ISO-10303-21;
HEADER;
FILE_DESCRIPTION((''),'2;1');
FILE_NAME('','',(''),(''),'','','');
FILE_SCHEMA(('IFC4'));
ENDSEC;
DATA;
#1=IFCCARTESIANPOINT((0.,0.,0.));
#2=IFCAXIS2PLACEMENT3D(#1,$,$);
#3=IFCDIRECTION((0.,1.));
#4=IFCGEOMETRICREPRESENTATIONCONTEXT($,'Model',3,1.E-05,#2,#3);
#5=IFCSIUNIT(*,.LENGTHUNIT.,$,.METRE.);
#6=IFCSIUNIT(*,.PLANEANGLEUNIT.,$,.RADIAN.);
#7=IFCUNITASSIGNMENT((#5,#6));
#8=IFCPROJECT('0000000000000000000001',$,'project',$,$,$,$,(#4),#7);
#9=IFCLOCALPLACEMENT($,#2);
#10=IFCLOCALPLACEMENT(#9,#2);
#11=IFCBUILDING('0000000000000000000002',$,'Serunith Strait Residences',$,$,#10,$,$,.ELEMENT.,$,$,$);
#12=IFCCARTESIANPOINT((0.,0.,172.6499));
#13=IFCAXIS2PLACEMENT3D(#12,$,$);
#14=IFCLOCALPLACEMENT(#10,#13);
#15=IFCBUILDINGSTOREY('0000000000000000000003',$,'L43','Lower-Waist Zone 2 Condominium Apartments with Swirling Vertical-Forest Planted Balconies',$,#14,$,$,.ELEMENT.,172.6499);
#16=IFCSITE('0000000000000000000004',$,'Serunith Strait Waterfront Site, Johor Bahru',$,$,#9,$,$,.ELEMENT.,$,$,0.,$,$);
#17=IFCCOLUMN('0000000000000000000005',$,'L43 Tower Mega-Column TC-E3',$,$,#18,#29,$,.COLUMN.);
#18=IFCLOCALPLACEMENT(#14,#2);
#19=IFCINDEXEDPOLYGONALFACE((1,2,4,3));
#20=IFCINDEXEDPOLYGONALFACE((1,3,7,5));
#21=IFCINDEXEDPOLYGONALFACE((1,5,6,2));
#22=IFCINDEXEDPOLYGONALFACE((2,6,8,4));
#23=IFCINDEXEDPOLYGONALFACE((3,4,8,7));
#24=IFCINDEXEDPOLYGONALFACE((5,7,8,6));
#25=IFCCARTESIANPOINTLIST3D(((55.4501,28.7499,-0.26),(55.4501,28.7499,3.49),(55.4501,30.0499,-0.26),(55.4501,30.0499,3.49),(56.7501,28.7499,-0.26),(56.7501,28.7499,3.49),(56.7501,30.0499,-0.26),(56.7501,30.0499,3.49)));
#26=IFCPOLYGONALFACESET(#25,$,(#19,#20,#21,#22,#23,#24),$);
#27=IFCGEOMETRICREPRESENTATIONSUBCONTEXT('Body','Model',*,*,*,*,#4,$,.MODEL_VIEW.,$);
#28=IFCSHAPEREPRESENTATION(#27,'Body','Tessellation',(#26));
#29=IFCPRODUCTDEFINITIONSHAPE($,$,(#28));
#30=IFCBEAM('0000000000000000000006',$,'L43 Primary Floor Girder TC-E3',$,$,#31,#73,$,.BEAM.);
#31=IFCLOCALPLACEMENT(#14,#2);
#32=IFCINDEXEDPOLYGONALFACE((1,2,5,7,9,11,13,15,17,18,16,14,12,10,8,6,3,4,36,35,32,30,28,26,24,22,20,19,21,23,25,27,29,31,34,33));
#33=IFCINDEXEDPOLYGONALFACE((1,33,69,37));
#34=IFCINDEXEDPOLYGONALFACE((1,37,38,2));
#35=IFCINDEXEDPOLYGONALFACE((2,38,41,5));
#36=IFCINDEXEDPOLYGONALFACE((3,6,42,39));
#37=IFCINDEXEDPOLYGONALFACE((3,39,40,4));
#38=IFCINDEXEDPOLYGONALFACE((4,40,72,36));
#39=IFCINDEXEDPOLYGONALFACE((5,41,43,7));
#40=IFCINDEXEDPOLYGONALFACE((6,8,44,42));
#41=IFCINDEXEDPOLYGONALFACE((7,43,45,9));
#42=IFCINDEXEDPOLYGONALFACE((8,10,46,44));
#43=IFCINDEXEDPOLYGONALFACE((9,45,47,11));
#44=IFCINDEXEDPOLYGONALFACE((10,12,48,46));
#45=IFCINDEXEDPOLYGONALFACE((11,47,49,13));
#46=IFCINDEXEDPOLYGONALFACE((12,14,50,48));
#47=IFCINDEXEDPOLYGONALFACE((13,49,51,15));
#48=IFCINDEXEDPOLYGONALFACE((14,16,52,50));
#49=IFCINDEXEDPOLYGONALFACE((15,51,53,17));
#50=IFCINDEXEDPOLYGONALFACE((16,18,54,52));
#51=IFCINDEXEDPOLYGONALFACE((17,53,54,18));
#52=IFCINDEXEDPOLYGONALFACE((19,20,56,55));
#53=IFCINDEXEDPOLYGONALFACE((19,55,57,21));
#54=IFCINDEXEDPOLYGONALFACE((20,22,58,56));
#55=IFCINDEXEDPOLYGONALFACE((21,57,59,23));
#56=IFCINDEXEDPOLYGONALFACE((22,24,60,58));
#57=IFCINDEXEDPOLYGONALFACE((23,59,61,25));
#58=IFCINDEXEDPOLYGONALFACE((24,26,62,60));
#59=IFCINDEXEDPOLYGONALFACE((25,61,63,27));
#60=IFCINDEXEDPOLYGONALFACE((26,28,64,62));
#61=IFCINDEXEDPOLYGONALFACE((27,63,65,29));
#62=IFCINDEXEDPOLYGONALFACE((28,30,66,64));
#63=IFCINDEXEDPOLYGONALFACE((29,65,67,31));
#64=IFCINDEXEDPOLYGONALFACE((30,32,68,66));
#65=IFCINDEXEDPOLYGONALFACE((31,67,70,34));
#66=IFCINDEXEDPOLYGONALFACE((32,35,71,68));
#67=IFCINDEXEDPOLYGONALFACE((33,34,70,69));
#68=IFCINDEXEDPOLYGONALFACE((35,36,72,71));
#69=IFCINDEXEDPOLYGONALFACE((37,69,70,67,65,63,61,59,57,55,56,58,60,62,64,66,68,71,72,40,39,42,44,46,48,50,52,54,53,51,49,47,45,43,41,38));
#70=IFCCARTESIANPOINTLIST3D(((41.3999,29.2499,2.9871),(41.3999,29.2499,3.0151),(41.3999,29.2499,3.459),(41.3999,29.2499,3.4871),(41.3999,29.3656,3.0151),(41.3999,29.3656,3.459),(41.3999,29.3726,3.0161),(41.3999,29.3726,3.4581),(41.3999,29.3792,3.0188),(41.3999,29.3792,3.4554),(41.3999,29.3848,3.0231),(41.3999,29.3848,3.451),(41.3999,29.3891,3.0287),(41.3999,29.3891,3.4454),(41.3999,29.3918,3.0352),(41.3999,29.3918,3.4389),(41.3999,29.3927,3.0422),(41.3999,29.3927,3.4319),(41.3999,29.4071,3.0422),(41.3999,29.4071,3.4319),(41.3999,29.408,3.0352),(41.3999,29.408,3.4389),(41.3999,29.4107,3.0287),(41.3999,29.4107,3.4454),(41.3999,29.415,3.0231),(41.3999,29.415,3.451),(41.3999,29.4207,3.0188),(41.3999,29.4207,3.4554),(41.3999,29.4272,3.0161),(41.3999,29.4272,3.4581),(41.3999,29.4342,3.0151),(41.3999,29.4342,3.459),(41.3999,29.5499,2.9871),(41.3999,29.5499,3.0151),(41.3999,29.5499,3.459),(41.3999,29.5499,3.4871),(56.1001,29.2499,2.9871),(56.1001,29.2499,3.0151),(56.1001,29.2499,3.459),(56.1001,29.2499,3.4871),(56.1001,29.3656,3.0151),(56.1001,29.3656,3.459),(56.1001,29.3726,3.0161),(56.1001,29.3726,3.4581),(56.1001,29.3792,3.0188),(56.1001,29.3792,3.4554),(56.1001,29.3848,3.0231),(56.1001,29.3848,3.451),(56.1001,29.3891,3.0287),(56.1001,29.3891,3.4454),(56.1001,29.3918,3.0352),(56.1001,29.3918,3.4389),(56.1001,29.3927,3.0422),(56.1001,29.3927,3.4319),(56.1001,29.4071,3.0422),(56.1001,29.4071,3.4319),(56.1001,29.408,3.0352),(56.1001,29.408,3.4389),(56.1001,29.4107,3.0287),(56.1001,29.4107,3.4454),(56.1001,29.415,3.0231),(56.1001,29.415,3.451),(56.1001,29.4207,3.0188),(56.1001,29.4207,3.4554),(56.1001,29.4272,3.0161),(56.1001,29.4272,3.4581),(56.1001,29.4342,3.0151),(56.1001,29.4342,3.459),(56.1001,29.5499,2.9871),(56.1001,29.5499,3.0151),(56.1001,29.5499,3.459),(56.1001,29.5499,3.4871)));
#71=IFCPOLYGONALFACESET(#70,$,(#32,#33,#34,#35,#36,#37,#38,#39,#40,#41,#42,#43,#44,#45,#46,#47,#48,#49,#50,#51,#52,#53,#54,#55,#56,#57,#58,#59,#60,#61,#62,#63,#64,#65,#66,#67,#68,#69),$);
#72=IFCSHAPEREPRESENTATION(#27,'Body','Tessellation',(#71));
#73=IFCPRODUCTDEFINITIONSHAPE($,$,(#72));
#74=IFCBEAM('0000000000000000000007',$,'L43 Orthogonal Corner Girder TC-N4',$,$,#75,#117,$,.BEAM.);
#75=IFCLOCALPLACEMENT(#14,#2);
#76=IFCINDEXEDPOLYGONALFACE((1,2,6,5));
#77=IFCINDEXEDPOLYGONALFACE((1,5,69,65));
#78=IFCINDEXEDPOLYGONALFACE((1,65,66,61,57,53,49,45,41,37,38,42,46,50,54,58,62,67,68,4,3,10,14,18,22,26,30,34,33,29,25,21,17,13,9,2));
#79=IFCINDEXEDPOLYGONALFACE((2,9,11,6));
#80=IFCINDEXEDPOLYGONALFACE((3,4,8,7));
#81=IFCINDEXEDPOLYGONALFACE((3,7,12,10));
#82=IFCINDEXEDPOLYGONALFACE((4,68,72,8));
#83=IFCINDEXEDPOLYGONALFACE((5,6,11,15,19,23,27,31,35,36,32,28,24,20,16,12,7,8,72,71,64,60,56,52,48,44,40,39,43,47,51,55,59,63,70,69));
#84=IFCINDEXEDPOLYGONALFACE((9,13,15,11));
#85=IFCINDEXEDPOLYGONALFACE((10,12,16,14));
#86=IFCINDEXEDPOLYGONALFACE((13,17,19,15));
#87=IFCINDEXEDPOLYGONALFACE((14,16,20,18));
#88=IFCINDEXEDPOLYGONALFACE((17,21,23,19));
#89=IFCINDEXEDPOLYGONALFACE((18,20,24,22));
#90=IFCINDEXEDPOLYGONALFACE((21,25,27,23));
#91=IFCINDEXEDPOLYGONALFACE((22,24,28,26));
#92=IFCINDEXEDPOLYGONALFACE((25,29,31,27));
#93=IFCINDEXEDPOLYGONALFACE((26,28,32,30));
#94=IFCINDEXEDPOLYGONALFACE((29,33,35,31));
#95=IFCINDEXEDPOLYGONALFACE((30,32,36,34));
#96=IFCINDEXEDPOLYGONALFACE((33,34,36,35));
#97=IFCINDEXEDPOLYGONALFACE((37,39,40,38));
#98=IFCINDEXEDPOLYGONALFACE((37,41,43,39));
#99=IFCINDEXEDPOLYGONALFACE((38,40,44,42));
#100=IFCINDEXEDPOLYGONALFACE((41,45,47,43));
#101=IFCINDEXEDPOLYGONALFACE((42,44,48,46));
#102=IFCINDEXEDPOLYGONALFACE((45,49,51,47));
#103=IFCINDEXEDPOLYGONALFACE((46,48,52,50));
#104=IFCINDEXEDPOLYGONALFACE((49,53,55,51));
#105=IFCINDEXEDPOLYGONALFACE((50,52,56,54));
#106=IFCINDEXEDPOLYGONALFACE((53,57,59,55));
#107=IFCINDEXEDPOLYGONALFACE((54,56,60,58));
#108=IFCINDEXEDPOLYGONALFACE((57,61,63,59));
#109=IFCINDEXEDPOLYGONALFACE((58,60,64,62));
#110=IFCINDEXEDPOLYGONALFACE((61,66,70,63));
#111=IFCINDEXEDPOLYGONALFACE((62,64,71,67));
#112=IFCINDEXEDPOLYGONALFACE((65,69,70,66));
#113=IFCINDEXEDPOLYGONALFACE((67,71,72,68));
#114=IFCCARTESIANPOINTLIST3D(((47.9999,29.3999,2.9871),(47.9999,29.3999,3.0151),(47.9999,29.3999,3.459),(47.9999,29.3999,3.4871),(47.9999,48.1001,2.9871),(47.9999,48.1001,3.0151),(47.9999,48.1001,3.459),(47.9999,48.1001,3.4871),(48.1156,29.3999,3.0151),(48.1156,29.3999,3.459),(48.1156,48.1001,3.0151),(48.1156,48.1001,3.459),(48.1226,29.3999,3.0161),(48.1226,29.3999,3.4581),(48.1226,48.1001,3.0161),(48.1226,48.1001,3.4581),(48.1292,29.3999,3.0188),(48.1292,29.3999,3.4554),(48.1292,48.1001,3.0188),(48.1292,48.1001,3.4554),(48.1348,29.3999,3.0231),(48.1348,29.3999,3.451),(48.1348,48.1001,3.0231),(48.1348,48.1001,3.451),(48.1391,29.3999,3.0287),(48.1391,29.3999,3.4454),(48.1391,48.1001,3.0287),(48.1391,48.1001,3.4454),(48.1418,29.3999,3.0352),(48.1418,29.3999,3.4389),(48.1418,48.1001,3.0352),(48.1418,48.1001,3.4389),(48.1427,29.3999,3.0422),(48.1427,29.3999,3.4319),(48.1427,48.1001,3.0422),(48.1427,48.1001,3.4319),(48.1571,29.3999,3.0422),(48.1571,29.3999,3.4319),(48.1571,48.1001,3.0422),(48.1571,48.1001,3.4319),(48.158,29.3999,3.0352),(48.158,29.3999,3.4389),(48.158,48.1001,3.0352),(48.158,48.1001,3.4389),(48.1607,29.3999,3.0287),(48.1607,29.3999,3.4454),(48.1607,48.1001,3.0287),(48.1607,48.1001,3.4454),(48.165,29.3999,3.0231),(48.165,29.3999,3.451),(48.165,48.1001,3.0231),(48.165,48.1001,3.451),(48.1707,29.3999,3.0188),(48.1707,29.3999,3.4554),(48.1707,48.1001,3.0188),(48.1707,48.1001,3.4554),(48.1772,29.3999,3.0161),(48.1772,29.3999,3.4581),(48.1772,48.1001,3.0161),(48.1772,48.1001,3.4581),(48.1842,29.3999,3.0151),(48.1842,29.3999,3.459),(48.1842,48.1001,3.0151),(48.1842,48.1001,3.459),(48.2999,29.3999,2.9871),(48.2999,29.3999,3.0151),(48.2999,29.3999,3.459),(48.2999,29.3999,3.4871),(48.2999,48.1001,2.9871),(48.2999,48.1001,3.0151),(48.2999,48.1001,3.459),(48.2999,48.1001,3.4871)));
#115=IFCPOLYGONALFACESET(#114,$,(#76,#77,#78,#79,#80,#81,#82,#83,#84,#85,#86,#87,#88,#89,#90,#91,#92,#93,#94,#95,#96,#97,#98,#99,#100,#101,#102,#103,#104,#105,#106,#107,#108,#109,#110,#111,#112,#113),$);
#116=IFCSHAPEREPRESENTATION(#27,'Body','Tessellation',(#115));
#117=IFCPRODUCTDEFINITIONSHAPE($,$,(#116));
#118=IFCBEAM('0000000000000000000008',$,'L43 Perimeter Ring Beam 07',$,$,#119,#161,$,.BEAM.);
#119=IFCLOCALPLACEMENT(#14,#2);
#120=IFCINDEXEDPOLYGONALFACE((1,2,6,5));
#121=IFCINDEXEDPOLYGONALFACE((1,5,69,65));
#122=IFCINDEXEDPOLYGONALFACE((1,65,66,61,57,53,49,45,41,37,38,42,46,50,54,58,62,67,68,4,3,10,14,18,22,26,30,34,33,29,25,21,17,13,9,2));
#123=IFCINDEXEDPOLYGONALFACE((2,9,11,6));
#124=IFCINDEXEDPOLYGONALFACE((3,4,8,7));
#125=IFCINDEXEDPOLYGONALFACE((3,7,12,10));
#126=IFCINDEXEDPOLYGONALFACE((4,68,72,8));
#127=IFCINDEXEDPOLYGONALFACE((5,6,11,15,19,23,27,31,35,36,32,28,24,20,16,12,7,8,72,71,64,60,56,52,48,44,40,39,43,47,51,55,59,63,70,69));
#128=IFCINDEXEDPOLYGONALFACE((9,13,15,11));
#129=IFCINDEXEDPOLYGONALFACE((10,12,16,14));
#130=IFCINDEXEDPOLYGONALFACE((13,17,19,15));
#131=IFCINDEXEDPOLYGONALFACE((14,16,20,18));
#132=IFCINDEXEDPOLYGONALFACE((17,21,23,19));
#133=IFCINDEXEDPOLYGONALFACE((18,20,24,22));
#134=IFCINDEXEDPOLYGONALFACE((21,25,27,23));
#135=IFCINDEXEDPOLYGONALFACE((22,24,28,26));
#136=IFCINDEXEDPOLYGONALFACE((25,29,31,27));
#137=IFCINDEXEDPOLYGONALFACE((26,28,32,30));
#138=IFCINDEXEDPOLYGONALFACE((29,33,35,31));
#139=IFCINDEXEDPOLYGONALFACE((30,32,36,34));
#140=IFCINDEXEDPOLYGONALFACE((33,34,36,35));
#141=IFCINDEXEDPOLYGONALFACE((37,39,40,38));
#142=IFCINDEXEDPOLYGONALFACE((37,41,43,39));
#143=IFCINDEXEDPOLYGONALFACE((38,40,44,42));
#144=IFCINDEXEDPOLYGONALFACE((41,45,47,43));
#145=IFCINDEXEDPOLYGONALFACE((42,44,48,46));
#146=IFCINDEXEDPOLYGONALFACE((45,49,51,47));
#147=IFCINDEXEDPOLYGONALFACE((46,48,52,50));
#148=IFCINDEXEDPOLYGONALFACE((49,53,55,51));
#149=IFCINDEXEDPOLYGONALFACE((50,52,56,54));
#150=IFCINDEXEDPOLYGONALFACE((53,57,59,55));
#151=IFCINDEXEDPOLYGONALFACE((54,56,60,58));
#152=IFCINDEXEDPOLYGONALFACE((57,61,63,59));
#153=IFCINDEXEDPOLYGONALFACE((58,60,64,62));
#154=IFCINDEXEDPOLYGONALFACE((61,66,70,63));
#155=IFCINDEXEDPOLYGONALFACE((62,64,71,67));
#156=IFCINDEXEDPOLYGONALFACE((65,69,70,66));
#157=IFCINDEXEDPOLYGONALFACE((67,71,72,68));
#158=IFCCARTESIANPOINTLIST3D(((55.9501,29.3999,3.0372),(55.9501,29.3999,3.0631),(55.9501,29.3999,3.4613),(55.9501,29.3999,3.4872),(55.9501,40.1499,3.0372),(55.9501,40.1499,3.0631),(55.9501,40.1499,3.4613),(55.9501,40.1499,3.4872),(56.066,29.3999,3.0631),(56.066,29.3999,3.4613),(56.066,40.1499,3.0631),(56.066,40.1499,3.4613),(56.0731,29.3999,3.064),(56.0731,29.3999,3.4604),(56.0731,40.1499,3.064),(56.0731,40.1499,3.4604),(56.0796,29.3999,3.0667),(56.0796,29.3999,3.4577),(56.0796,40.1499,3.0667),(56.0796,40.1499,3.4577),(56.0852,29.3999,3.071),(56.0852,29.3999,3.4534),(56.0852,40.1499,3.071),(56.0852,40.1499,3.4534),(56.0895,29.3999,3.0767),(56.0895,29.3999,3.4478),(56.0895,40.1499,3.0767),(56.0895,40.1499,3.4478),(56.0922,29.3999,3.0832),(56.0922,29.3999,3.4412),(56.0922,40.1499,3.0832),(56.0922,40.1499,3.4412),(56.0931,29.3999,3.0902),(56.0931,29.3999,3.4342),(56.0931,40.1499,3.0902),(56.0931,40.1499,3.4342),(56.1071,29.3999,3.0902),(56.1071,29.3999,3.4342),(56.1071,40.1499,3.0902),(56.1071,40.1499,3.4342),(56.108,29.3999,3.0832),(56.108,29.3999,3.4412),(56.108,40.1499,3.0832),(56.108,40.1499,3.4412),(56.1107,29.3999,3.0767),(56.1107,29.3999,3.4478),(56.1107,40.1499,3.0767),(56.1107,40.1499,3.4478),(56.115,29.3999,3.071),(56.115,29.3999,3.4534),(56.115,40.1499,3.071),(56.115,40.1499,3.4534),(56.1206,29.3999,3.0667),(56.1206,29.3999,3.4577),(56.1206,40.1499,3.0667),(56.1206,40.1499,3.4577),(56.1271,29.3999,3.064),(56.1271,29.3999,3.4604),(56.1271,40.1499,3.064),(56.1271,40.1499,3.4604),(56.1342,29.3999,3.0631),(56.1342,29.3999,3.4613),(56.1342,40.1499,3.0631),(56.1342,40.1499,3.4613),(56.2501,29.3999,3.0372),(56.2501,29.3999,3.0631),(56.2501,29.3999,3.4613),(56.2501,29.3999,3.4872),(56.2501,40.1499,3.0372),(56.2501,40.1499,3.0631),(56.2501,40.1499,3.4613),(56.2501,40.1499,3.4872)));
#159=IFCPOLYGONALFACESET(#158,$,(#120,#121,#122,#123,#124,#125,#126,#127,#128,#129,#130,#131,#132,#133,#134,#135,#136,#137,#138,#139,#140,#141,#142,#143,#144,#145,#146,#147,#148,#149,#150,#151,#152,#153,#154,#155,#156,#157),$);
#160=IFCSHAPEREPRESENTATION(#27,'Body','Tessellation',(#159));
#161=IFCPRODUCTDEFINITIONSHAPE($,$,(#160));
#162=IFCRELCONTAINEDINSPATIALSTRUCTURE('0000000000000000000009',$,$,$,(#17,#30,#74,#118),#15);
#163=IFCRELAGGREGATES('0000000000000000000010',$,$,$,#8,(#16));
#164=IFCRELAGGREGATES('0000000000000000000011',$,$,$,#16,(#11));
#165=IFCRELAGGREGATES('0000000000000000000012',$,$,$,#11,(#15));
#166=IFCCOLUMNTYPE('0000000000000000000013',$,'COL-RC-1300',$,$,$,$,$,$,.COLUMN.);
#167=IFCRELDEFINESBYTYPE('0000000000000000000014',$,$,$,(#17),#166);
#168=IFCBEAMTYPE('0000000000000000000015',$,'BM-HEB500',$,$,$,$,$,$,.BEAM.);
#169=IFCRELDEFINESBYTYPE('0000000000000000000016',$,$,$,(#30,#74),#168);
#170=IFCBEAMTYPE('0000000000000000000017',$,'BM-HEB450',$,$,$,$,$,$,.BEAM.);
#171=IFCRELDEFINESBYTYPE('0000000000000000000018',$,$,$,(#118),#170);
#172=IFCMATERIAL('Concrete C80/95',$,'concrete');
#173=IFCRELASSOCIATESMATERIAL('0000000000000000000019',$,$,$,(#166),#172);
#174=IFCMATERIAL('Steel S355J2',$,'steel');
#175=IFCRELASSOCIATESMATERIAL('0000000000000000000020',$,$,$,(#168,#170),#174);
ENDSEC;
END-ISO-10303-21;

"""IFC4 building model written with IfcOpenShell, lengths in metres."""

from ifc_helpers import new_model, si_unit, direction, frame, origin, origin_2d, place, context, subcontext, project, spatial, rectangle, i_section, extrude, source, transform, mapped, material, material_profile, profile_set, type_object, element, save


model = new_model("IFC4")

# Units and contexts
model_context = context("Model", 3, precision=1e-05, world=origin(), true_north=direction((0.0, 1.0)))
body_context = subcontext(model_context, "Body", "Model", "MODEL_VIEW")
ifc_project = project(units=[si_unit("LENGTHUNIT", "METRE"), si_unit("PLANEANGLEUNIT", "RADIAN")], contexts=[model_context])

# Site, building, storey
site_placement = place(None, origin())
site = spatial("IfcSite", under=ifc_project, at=site_placement, Name="Serunith Strait Waterfront Site, Johor Bahru", CompositionType="ELEMENT", RefElevation=0.0)
building_placement = place(site_placement, origin())
building = spatial("IfcBuilding", under=site, at=building_placement, Name="Serunith Strait Residences", CompositionType="ELEMENT")
storey_placement = place(building_placement, frame((0.0, 0.0, 172.6499)))
storey = spatial("IfcBuildingStorey", under=building, at=storey_placement, Name="L43", Description="Lower-Waist Zone 2 Condominium Apartments with Swirling Vertical-Forest Planted Balconies", CompositionType="ELEMENT", Elevation=172.6499)

# Column
ifc_material_1 = material(Name="Concrete C80/95", Category="concrete")
ifc_material_profile_1 = material_profile(ifc_material_1, rectangle(XDim=1.3, YDim=1.3, at=origin_2d()), Name="RC 1300x1300")
ifc_profile_set_1 = profile_set([ifc_material_profile_1], Name="Concrete C80/95")
column_type = type_object("IfcColumnType", Name="COL-RC-1300", PredefinedType="COLUMN", material=ifc_profile_set_1)
shared_shape_1 = source(origin(), body_context, "Body", "SweptSolid", [
    extrude(rectangle(XDim=1.3, YDim=1.3, at=origin_2d()), origin(), (0.0, 0.0, 1.0), 3.75),
])
column_placement = place(storey_placement, frame((56.1001, 29.3999, -0.26), z_axis=(0.0, 0.0, 1.0), x_axis=(1.0, 0.0, 0.0)))
element("IfcColumn", 1, at=column_placement, inside=storey, type_object=column_type, Name="L43 Tower Mega-Column TC-E3", PredefinedType="COLUMN", context=body_context, shape_type="MappedRepresentation", body=[
    mapped(shared_shape_1, transform((0.0, 0.0, 0.0), scale=1.0)),
])

# Beams
ifc_material_2 = material(Name="Steel S355J2", Category="steel")
ifc_material_profile_2 = material_profile(ifc_material_2, i_section(OverallWidth=0.3, OverallDepth=0.5, WebThickness=0.0144, FlangeThickness=0.0281, FilletRadius=0.0271, at=origin_2d()), Name="HEB 500")
ifc_profile_set_2 = profile_set([ifc_material_profile_2], Name="Steel S355J2")
beam_type_1 = type_object("IfcBeamType", Name="BM-HEB500", PredefinedType="BEAM", material=ifc_profile_set_2)
shared_shape_2 = source(origin(), body_context, "Body", "SweptSolid", [
    extrude(i_section(OverallWidth=0.3, OverallDepth=0.5, WebThickness=0.0144, FlangeThickness=0.0281, FilletRadius=0.0271, at=origin_2d()), origin(), (0.0, 0.0, 1.0), 14.7002),
])
beam_1_placement = place(storey_placement, frame((41.3999, 29.3999, 3.2371), z_axis=(1.0, 0.0, 0.0), x_axis=(0.0, 1.0, 0.0)))
element("IfcBeam", 2, at=beam_1_placement, inside=storey, type_object=beam_type_1, Name="L43 Primary Floor Girder TC-E3", PredefinedType="BEAM", context=body_context, shape_type="MappedRepresentation", body=[
    mapped(shared_shape_2, transform((0.0, 0.0, 0.0), scale=1.0)),
])
shared_shape_3 = source(origin(), body_context, "Body", "SweptSolid", [
    extrude(i_section(OverallWidth=0.3, OverallDepth=0.5, WebThickness=0.0144, FlangeThickness=0.0281, FilletRadius=0.0271, at=origin_2d()), origin(), (0.0, 0.0, 1.0), 18.7002),
])
beam_2_placement = place(storey_placement, frame((48.1499, 29.3999, 3.2371), z_axis=(0.0, 1.0, 0.0), x_axis=(-1.0, 0.0, 0.0)))
element("IfcBeam", 3, at=beam_2_placement, inside=storey, type_object=beam_type_1, Name="L43 Orthogonal Corner Girder TC-N4", PredefinedType="BEAM", context=body_context, shape_type="MappedRepresentation", body=[
    mapped(shared_shape_3, transform((0.0, 0.0, 0.0), scale=1.0)),
])
ifc_material_profile_3 = material_profile(ifc_material_2, i_section(OverallWidth=0.3, OverallDepth=0.45, WebThickness=0.0139, FlangeThickness=0.0259, FilletRadius=0.0271, at=origin_2d()), Name="HEB 450")
ifc_profile_set_3 = profile_set([ifc_material_profile_3], Name="Steel S355J2")
beam_type_2 = type_object("IfcBeamType", Name="BM-HEB450", PredefinedType="BEAM", material=ifc_profile_set_3)
shared_shape_4 = source(origin(), body_context, "Body", "SweptSolid", [
    extrude(i_section(OverallWidth=0.3, OverallDepth=0.45, WebThickness=0.0139, FlangeThickness=0.0259, FilletRadius=0.0271, at=origin_2d()), origin(), (0.0, 0.0, 1.0), 10.75),
])
beam_3_placement = place(storey_placement, frame((56.1001, 29.3999, 3.2622), z_axis=(0.0, 1.0, 0.0), x_axis=(-1.0, 0.0, 0.0)))
element("IfcBeam", 4, at=beam_3_placement, inside=storey, type_object=beam_type_2, Name="L43 Perimeter Ring Beam 07", PredefinedType="BEAM", context=body_context, shape_type="MappedRepresentation", body=[
    mapped(shared_shape_4, transform((0.0, 0.0, 0.0), scale=1.0)),
])

save(model, "model.ifc")
